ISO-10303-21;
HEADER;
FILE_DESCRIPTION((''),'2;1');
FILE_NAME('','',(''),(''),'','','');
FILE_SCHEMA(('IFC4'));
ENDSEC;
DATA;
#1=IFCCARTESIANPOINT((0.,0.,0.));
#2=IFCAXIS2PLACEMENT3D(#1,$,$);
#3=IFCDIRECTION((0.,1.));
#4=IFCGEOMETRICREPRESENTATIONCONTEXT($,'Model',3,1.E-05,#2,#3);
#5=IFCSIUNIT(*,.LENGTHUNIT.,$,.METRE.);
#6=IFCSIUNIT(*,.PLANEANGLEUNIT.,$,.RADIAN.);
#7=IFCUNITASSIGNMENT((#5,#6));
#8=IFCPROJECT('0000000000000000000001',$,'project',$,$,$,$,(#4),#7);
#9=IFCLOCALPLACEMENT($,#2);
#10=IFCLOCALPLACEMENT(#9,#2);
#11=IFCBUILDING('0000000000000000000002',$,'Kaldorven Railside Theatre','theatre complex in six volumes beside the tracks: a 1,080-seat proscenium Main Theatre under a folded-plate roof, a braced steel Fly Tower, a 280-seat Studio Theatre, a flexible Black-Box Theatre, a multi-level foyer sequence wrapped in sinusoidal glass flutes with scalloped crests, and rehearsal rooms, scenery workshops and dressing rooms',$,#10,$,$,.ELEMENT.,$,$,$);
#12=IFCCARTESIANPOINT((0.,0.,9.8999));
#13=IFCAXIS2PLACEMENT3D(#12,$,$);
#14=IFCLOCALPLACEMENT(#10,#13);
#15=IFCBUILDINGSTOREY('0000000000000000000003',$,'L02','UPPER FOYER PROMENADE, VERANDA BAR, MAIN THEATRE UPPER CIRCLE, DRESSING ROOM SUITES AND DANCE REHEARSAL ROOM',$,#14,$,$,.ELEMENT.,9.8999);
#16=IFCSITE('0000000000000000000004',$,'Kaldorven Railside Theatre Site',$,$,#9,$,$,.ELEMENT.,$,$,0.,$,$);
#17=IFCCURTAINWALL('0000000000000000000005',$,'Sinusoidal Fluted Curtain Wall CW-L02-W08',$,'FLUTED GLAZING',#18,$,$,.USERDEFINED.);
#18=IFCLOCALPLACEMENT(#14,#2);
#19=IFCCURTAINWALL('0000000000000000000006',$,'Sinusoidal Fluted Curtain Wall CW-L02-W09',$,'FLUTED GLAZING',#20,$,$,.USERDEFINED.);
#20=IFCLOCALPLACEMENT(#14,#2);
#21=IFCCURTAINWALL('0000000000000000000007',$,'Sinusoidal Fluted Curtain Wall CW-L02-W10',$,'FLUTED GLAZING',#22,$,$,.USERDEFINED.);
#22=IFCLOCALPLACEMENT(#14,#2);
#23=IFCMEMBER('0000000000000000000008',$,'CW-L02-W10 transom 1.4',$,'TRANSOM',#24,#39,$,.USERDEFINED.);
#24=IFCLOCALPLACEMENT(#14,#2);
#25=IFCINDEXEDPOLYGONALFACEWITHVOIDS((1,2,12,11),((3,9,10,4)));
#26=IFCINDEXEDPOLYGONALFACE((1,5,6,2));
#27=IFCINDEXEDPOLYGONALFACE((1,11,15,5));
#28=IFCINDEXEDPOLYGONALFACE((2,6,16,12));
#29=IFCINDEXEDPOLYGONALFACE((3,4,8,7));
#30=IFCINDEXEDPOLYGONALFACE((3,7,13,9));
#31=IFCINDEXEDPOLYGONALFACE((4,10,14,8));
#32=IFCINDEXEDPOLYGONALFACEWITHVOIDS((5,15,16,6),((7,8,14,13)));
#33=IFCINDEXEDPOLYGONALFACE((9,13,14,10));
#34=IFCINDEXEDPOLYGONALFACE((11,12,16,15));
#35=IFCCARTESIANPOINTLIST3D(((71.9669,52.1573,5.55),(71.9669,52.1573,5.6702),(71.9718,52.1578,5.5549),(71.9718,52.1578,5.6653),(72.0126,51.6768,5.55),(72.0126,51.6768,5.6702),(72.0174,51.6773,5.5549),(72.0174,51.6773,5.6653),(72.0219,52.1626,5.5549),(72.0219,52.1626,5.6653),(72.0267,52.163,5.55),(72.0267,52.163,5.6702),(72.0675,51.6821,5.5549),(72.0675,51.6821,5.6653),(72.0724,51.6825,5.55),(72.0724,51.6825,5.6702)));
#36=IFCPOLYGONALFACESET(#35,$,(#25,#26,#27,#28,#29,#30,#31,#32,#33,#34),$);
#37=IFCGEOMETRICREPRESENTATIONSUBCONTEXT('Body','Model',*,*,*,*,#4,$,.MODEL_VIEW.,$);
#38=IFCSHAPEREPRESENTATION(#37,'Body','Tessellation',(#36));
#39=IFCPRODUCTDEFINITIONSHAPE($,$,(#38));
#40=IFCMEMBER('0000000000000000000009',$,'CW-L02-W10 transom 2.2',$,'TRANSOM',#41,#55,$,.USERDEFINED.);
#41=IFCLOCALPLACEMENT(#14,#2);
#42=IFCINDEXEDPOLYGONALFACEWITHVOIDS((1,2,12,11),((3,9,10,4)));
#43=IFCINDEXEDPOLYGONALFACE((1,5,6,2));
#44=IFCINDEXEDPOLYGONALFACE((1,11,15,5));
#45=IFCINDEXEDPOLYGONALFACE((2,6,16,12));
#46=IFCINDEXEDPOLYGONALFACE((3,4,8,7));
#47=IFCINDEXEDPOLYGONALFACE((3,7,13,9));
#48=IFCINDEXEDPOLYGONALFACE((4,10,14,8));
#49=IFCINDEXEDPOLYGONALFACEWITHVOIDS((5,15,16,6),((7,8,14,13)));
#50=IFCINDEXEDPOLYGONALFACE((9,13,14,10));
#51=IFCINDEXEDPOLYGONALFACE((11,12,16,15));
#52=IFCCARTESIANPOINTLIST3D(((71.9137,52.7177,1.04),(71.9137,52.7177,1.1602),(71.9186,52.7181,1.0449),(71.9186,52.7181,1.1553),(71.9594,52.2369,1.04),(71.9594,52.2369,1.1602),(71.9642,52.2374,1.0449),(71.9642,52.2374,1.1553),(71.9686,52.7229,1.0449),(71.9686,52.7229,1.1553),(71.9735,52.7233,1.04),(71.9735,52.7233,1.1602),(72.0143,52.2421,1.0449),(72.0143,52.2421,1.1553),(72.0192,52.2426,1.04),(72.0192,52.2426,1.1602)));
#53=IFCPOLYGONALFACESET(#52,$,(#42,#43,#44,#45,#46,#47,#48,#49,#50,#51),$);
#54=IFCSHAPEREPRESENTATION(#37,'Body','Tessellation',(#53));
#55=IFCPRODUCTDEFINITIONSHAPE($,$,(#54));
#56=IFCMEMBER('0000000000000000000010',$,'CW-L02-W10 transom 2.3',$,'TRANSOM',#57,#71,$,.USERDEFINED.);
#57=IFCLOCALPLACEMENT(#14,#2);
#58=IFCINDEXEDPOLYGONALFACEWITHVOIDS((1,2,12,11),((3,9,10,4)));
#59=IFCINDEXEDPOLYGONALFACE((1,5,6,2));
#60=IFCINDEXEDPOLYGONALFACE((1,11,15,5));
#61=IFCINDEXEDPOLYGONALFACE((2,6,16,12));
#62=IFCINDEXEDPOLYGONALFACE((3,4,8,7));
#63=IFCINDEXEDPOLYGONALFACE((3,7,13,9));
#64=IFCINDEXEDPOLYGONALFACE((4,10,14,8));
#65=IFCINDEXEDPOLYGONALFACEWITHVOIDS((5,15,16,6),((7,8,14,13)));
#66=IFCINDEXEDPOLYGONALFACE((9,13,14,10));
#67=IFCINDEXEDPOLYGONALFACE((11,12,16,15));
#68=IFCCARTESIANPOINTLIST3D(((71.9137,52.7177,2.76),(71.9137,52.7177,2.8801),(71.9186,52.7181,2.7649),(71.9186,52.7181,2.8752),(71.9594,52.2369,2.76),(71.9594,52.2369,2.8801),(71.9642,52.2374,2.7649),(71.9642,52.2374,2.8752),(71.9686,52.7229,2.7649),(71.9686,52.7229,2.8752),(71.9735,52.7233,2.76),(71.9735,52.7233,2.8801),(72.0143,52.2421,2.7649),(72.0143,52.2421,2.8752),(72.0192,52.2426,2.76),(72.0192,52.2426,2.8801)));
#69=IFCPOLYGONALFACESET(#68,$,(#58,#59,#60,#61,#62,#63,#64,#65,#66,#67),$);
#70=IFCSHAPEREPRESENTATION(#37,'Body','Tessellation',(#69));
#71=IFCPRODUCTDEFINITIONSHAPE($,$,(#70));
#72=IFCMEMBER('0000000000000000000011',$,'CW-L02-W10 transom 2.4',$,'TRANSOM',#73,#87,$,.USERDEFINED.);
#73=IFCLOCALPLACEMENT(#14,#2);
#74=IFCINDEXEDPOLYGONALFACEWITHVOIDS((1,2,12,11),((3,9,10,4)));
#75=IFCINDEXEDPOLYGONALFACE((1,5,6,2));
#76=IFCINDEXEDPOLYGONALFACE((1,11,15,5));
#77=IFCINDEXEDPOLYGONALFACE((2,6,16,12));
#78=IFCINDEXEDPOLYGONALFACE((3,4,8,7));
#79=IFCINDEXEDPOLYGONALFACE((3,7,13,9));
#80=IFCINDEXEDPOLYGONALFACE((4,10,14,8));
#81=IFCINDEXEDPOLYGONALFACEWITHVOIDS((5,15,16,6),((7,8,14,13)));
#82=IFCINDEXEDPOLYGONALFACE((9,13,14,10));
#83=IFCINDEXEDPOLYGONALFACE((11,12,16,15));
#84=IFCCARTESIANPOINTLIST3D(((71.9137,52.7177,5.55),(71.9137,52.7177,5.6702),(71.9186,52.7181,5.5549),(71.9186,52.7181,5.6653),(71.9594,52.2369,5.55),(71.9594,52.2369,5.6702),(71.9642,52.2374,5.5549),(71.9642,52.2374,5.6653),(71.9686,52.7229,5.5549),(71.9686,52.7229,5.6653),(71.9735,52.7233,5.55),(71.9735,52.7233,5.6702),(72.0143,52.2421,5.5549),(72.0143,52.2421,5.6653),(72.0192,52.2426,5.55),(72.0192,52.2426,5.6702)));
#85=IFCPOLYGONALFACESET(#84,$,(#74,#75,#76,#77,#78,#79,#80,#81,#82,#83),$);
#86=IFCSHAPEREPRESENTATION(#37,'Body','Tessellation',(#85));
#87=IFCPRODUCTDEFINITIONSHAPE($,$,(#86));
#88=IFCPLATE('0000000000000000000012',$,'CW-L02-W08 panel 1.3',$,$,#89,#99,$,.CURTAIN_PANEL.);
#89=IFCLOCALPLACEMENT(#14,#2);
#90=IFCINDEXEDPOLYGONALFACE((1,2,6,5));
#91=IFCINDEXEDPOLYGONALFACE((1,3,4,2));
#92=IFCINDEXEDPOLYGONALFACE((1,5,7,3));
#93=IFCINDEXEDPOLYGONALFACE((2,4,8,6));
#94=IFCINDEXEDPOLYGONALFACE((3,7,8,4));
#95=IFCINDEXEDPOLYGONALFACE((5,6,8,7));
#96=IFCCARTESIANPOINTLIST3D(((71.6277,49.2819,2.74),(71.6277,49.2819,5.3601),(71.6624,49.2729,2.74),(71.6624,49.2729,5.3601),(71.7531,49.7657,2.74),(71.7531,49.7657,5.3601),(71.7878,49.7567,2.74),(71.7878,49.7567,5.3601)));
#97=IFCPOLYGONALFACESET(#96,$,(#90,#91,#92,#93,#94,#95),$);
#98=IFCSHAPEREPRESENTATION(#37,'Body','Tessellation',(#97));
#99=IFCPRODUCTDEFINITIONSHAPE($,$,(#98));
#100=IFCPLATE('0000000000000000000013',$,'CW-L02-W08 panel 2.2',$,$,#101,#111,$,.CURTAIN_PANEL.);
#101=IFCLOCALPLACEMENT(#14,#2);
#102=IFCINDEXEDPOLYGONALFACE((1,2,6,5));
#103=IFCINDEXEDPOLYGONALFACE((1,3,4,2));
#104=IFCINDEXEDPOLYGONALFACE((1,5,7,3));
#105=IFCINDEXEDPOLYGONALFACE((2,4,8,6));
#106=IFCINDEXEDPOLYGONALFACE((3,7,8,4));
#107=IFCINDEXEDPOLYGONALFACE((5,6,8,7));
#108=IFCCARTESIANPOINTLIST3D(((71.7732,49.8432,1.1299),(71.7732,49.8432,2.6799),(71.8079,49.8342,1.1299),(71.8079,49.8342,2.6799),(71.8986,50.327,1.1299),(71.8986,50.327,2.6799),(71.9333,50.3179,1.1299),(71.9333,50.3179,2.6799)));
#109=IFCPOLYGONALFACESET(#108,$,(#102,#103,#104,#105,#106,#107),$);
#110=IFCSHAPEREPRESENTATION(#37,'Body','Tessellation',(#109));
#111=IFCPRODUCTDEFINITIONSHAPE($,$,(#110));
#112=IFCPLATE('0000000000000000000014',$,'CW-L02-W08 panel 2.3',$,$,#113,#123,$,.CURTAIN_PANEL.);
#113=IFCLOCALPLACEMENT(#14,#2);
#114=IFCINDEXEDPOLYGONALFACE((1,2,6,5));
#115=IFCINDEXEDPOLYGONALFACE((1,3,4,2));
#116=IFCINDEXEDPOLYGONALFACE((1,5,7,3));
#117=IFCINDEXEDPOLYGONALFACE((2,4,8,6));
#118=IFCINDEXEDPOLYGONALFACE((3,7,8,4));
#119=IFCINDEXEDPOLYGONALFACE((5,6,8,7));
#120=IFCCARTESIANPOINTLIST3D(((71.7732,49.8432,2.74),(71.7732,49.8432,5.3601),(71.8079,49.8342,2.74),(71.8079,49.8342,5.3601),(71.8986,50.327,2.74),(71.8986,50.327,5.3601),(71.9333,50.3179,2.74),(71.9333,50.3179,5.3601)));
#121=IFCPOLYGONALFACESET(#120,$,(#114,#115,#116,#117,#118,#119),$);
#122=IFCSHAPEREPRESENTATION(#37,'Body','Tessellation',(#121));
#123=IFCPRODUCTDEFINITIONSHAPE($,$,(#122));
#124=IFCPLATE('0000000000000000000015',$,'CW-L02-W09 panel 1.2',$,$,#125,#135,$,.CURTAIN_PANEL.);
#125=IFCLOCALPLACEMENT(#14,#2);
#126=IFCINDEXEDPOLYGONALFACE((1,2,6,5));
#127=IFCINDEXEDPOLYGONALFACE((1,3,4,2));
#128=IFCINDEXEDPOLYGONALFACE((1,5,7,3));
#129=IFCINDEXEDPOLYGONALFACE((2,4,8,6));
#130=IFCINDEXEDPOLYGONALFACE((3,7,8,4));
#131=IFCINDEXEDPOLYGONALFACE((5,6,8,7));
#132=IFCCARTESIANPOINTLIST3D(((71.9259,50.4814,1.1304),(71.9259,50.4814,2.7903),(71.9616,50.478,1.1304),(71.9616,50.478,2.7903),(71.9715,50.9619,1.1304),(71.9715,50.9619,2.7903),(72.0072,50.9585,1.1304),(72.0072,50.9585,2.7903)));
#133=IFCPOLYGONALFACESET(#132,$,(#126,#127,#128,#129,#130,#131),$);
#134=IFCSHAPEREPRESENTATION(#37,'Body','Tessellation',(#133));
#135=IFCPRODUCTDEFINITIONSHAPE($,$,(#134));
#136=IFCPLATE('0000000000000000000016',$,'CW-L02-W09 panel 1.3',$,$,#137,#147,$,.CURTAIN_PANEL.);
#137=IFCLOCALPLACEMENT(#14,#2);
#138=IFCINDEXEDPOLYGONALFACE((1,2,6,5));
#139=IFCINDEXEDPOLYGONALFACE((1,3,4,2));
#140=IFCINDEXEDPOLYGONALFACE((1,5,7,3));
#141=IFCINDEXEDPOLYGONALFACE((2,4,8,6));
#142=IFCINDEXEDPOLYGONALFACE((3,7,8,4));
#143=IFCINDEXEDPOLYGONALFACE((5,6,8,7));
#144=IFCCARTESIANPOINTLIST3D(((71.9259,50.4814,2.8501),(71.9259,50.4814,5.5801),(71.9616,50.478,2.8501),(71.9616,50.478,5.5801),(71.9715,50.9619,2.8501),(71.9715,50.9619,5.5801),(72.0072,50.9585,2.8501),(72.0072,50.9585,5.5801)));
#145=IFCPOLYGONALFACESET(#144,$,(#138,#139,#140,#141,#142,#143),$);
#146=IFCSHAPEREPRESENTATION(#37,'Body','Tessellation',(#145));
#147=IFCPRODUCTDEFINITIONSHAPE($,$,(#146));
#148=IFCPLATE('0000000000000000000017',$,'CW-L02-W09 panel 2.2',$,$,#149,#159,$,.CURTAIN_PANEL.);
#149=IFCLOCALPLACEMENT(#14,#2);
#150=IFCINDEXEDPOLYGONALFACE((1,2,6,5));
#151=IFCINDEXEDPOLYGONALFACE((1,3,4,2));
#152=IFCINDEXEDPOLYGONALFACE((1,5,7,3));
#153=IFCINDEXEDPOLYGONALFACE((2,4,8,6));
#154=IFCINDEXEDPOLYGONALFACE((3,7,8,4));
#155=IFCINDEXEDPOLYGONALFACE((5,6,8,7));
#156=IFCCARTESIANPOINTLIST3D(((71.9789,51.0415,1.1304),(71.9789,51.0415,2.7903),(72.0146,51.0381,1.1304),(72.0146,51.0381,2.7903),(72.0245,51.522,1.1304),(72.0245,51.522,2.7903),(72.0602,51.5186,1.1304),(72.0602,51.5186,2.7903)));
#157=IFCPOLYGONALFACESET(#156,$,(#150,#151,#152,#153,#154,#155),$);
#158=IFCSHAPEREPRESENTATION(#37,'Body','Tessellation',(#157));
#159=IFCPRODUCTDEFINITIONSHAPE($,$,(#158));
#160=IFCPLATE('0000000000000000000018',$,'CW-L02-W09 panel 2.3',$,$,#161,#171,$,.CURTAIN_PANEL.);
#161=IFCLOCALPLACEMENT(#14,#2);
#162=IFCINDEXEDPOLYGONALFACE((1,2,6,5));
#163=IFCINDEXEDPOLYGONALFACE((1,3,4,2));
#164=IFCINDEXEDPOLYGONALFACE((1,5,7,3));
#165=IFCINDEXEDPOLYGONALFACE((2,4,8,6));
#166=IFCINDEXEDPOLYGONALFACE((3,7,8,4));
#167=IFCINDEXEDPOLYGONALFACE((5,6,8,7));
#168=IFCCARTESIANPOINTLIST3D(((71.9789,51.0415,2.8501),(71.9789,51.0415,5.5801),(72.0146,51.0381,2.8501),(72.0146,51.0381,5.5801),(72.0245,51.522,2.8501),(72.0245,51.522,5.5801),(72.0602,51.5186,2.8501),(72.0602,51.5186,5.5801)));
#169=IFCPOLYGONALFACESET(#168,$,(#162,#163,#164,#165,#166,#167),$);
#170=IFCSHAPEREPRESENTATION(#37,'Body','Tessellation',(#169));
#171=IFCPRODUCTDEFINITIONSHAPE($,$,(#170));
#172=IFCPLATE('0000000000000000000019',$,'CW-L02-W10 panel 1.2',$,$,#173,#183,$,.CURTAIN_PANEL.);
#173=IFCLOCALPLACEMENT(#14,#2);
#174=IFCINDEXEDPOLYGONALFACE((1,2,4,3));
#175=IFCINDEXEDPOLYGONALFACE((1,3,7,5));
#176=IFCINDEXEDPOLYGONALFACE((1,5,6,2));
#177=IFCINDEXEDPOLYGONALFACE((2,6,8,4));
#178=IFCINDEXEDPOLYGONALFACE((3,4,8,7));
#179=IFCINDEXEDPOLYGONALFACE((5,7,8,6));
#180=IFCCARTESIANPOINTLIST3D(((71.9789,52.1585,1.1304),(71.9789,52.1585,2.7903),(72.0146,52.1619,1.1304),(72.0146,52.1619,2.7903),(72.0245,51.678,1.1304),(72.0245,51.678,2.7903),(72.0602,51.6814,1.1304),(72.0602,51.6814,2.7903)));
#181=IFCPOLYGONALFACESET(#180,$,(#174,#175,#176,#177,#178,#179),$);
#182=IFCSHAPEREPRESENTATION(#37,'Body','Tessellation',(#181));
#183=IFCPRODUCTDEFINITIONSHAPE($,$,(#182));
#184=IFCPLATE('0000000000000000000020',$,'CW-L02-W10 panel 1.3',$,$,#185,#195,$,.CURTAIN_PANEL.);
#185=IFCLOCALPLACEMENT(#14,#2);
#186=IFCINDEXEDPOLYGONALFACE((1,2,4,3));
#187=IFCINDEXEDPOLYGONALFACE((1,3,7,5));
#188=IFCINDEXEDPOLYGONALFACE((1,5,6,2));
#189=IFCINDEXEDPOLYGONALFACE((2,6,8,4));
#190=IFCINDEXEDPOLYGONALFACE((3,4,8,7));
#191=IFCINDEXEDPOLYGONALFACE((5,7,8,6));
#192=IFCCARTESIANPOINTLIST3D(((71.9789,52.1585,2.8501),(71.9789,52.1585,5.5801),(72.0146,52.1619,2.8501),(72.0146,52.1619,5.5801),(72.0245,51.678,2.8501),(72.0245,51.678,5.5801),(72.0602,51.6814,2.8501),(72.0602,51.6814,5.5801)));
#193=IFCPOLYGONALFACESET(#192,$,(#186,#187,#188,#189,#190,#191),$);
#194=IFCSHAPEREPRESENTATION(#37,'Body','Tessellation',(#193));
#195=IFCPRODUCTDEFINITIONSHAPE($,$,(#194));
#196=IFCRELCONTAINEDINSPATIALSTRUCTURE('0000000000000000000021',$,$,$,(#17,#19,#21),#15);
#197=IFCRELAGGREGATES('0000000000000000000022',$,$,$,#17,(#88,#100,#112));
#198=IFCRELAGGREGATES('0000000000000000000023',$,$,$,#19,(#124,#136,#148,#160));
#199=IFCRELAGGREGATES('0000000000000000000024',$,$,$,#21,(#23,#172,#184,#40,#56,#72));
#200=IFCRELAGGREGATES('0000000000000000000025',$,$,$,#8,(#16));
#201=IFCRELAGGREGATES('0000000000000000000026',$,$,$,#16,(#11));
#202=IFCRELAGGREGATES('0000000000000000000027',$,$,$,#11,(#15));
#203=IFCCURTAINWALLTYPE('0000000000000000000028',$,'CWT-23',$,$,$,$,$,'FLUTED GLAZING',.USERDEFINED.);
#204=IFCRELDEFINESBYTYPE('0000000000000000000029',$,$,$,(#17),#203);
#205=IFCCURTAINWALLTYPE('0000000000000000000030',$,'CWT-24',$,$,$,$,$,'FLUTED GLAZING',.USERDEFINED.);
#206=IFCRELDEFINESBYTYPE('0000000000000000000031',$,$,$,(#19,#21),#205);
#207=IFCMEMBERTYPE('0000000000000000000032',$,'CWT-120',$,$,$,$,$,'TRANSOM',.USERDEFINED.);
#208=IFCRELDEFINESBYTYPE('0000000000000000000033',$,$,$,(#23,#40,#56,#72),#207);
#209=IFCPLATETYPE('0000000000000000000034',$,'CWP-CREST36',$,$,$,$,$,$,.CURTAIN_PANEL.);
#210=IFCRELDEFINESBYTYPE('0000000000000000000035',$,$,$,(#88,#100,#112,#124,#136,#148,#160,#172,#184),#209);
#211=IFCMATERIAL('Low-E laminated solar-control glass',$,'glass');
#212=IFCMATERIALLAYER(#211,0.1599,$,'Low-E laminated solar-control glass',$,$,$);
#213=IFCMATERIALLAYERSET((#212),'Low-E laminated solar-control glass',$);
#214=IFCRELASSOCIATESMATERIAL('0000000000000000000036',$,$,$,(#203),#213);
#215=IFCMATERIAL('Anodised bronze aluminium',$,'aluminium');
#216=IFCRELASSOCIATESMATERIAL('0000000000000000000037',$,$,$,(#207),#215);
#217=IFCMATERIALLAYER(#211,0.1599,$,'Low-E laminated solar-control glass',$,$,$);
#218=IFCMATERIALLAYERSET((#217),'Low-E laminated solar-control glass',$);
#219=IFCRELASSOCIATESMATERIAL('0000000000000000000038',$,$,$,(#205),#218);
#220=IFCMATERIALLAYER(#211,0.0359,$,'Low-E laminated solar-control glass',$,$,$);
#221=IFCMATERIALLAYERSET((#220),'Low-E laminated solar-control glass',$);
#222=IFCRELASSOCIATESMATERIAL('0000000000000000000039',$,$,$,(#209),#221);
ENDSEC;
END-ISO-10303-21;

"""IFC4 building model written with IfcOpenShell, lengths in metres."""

from ifc_helpers import new_model, si_unit, direction, frame, origin, origin_2d, place, context, subcontext, project, spatial, rectangle, hollow_rectangle, extrude, material, layer, layer_set, material_profile, profile_set, type_object, element, aggregate, save


model = new_model("IFC4")

# Units and contexts
model_context = context("Model", 3, precision=1e-05, world=origin(), true_north=direction((0.0, 1.0)))
body_context = subcontext(model_context, "Body", "Model", "MODEL_VIEW")
ifc_project = project(units=[si_unit("LENGTHUNIT", "METRE"), si_unit("PLANEANGLEUNIT", "RADIAN")], contexts=[model_context])

# Site, building, storey
site_placement = place(None, origin())
site = spatial("IfcSite", under=ifc_project, at=site_placement, Name="Kaldorven Railside Theatre Site", CompositionType="ELEMENT", RefElevation=0.0)
building_placement = place(site_placement, origin())
building = spatial("IfcBuilding", under=site, at=building_placement, Name="Kaldorven Railside Theatre", Description="theatre complex in six volumes beside the tracks: a 1,080-seat proscenium Main Theatre under a folded-plate roof, a braced steel Fly Tower, a 280-seat Studio Theatre, a flexible Black-Box Theatre, a multi-level foyer sequence wrapped in sinusoidal glass flutes with scalloped crests, and rehearsal rooms, scenery workshops and dressing rooms", CompositionType="ELEMENT")
storey_placement = place(building_placement, frame((0.0, 0.0, 9.8999)))
storey = spatial("IfcBuildingStorey", under=building, at=storey_placement, Name="L02", Description="UPPER FOYER PROMENADE, VERANDA BAR, MAIN THEATRE UPPER CIRCLE, DRESSING ROOM SUITES AND DANCE REHEARSAL ROOM", CompositionType="ELEMENT", Elevation=9.8999)

# Curtain walls, members
ifc_material_1 = material(Name="Low-E laminated solar-control glass", Category="glass")
ifc_layer_1 = layer(ifc_material_1, 0.1599, Name="Low-E laminated solar-control glass")
ifc_layer_set_1 = layer_set([ifc_layer_1], Name="Low-E laminated solar-control glass")
curtain_wall_type_1 = type_object("IfcCurtainWallType", Name="CWT-23", ElementType="FLUTED GLAZING", PredefinedType="USERDEFINED", material=ifc_layer_set_1)
curtain_wall_1_placement = place(storey_placement, origin())
curtain_wall_1 = element("IfcCurtainWall", 1, at=curtain_wall_1_placement, inside=storey, type_object=curtain_wall_type_1, Name="Sinusoidal Fluted Curtain Wall CW-L02-W08", ObjectType="FLUTED GLAZING", PredefinedType="USERDEFINED")
ifc_material_2 = material(Name="Anodised bronze aluminium", Category="aluminium")
ifc_material_profile = material_profile(ifc_material_2, hollow_rectangle(XDim=0.0601, YDim=0.1201, WallThickness=0.0049, at=origin_2d()), Name="RHS 120x60x5")
ifc_profile_set = profile_set([ifc_material_profile], Name="Anodised bronze aluminium")
member_type = type_object("IfcMemberType", Name="CWT-120", ElementType="TRANSOM", PredefinedType="USERDEFINED", material=ifc_profile_set)
ifc_layer_2 = layer(ifc_material_1, 0.1599, Name="Low-E laminated solar-control glass")
ifc_layer_set_2 = layer_set([ifc_layer_2], Name="Low-E laminated solar-control glass")
curtain_wall_type_2 = type_object("IfcCurtainWallType", Name="CWT-24", ElementType="FLUTED GLAZING", PredefinedType="USERDEFINED", material=ifc_layer_set_2)
curtain_wall_2_placement = place(storey_placement, origin())
curtain_wall_2 = element("IfcCurtainWall", 2, at=curtain_wall_2_placement, inside=storey, type_object=curtain_wall_type_2, Name="Sinusoidal Fluted Curtain Wall CW-L02-W09", ObjectType="FLUTED GLAZING", PredefinedType="USERDEFINED")
curtain_wall_3_placement = place(storey_placement, origin())
curtain_wall_3 = element("IfcCurtainWall", 3, at=curtain_wall_3_placement, inside=storey, type_object=curtain_wall_type_2, Name="Sinusoidal Fluted Curtain Wall CW-L02-W10", ObjectType="FLUTED GLAZING", PredefinedType="USERDEFINED")
member_1_placement = place(storey_placement, frame((72.0425, 51.6797, 5.6101), z_axis=(-0.094594, 0.995516, 0.0), x_axis=(-0.995516, -0.094594, 0.0)))
member_1 = element("IfcMember", 4, at=member_1_placement, type_object=member_type, Name="CW-L02-W10 transom 1.4", ObjectType="TRANSOM", PredefinedType="USERDEFINED", context=body_context, shape_type="SweptSolid", body=[
    extrude(hollow_rectangle(XDim=0.0601, YDim=0.1201, WallThickness=0.0049, at=origin_2d()), origin(), (0.0, 0.0, 1.0), 0.4827),
])
member_2_placement = place(storey_placement, frame((71.9893, 52.2397, 1.1001), z_axis=(-0.094547, 0.99552, 0.0), x_axis=(-0.99552, -0.094547, 0.0)))
member_2 = element("IfcMember", 5, at=member_2_placement, type_object=member_type, Name="CW-L02-W10 transom 2.2", ObjectType="TRANSOM", PredefinedType="USERDEFINED", context=body_context, shape_type="SweptSolid", body=[
    extrude(hollow_rectangle(XDim=0.0601, YDim=0.1201, WallThickness=0.0049, at=origin_2d()), origin(), (0.0, 0.0, 1.0), 0.4829),
])
member_3_placement = place(storey_placement, frame((71.9893, 52.2397, 2.8201), z_axis=(-0.094547, 0.99552, 0.0), x_axis=(-0.99552, -0.094547, 0.0)))
member_3 = element("IfcMember", 6, at=member_3_placement, type_object=member_type, Name="CW-L02-W10 transom 2.3", ObjectType="TRANSOM", PredefinedType="USERDEFINED", context=body_context, shape_type="SweptSolid", body=[
    extrude(hollow_rectangle(XDim=0.0601, YDim=0.1201, WallThickness=0.0049, at=origin_2d()), origin(), (0.0, 0.0, 1.0), 0.4829),
])
member_4_placement = place(storey_placement, frame((71.9893, 52.2397, 5.6101), z_axis=(-0.094547, 0.99552, 0.0), x_axis=(-0.99552, -0.094547, 0.0)))
member_4 = element("IfcMember", 7, at=member_4_placement, type_object=member_type, Name="CW-L02-W10 transom 2.4", ObjectType="TRANSOM", PredefinedType="USERDEFINED", context=body_context, shape_type="SweptSolid", body=[
    extrude(hollow_rectangle(XDim=0.0601, YDim=0.1201, WallThickness=0.0049, at=origin_2d()), origin(), (0.0, 0.0, 1.0), 0.4829),
])

# Plates
ifc_layer_3 = layer(ifc_material_1, 0.0359, Name="Low-E laminated solar-control glass")
ifc_layer_set_3 = layer_set([ifc_layer_3], Name="Low-E laminated solar-control glass")
plate_type = type_object("IfcPlateType", Name="CWP-CREST36", PredefinedType="CURTAIN_PANEL", material=ifc_layer_set_3)
plate_1_placement = place(storey_placement, frame((71.7078, 49.5193, 2.74), z_axis=(0.0, 0.0, 1.0), x_axis=(0.250954, 0.967999, 0.0)))
plate_1 = element("IfcPlate", 8, at=plate_1_placement, type_object=plate_type, Name="CW-L02-W08 panel 1.3", PredefinedType="CURTAIN_PANEL", context=body_context, shape_type="SweptSolid", body=[
    extrude(rectangle(XDim=0.4998, YDim=0.0359, at=origin_2d()), origin(), (0.0, 0.0, 1.0), 2.6201),
])
plate_2_placement = place(storey_placement, frame((71.8533, 50.0806, 1.1299), z_axis=(0.0, 0.0, 1.0), x_axis=(0.250954, 0.967999, 0.0)))
plate_2 = element("IfcPlate", 9, at=plate_2_placement, type_object=plate_type, Name="CW-L02-W08 panel 2.2", PredefinedType="CURTAIN_PANEL", context=body_context, shape_type="SweptSolid", body=[
    extrude(rectangle(XDim=0.4998, YDim=0.0359, at=origin_2d()), origin(), (0.0, 0.0, 1.0), 1.55),
])
plate_3_placement = place(storey_placement, frame((71.8533, 50.0806, 2.74), z_axis=(0.0, 0.0, 1.0), x_axis=(0.250954, 0.967999, 0.0)))
plate_3 = element("IfcPlate", 10, at=plate_3_placement, type_object=plate_type, Name="CW-L02-W08 panel 2.3", PredefinedType="CURTAIN_PANEL", context=body_context, shape_type="SweptSolid", body=[
    extrude(rectangle(XDim=0.4998, YDim=0.0359, at=origin_2d()), origin(), (0.0, 0.0, 1.0), 2.6201),
])
aggregate(curtain_wall_1, [plate_1, plate_2, plate_3])
plate_4_placement = place(storey_placement, frame((71.9666, 50.72, 1.1304), z_axis=(0.0, 0.0, 1.0), x_axis=(0.094492, 0.995526, 0.0)))
plate_4 = element("IfcPlate", 11, at=plate_4_placement, type_object=plate_type, Name="CW-L02-W09 panel 1.2", PredefinedType="CURTAIN_PANEL", context=body_context, shape_type="SweptSolid", body=[
    extrude(rectangle(XDim=0.4827, YDim=0.0359, at=origin_2d()), origin(), (0.0, 0.0, 1.0), 1.6599),
])
plate_5_placement = place(storey_placement, frame((71.9666, 50.72, 2.8501), z_axis=(0.0, 0.0, 1.0), x_axis=(0.094492, 0.995526, 0.0)))
plate_5 = element("IfcPlate", 12, at=plate_5_placement, type_object=plate_type, Name="CW-L02-W09 panel 1.3", PredefinedType="CURTAIN_PANEL", context=body_context, shape_type="SweptSolid", body=[
    extrude(rectangle(XDim=0.4827, YDim=0.0359, at=origin_2d()), origin(), (0.0, 0.0, 1.0), 2.73),
])
plate_6_placement = place(storey_placement, frame((72.0195, 51.28, 1.1304), z_axis=(0.0, 0.0, 1.0), x_axis=(0.094492, 0.995526, 0.0)))
plate_6 = element("IfcPlate", 13, at=plate_6_placement, type_object=plate_type, Name="CW-L02-W09 panel 2.2", PredefinedType="CURTAIN_PANEL", context=body_context, shape_type="SweptSolid", body=[
    extrude(rectangle(XDim=0.4827, YDim=0.0359, at=origin_2d()), origin(), (0.0, 0.0, 1.0), 1.6599),
])
plate_7_placement = place(storey_placement, frame((72.0195, 51.28, 2.8501), z_axis=(0.0, 0.0, 1.0), x_axis=(0.094492, 0.995526, 0.0)))
plate_7 = element("IfcPlate", 14, at=plate_7_placement, type_object=plate_type, Name="CW-L02-W09 panel 2.3", PredefinedType="CURTAIN_PANEL", context=body_context, shape_type="SweptSolid", body=[
    extrude(rectangle(XDim=0.4827, YDim=0.0359, at=origin_2d()), origin(), (0.0, 0.0, 1.0), 2.73),
])
aggregate(curtain_wall_2, [plate_4, plate_5, plate_6, plate_7])
plate_8_placement = place(storey_placement, frame((72.0195, 51.9199, 1.1304), z_axis=(0.0, 0.0, 1.0), x_axis=(-0.094492, 0.995526, 0.0)))
plate_8 = element("IfcPlate", 15, at=plate_8_placement, type_object=plate_type, Name="CW-L02-W10 panel 1.2", PredefinedType="CURTAIN_PANEL", context=body_context, shape_type="SweptSolid", body=[
    extrude(rectangle(XDim=0.4827, YDim=0.0359, at=origin_2d()), origin(), (0.0, 0.0, 1.0), 1.6599),
])
plate_9_placement = place(storey_placement, frame((72.0195, 51.9199, 2.8501), z_axis=(0.0, 0.0, 1.0), x_axis=(-0.094492, 0.995526, 0.0)))
plate_9 = element("IfcPlate", 16, at=plate_9_placement, type_object=plate_type, Name="CW-L02-W10 panel 1.3", PredefinedType="CURTAIN_PANEL", context=body_context, shape_type="SweptSolid", body=[
    extrude(rectangle(XDim=0.4827, YDim=0.0359, at=origin_2d()), origin(), (0.0, 0.0, 1.0), 2.73),
])
aggregate(curtain_wall_3, [member_1, plate_8, plate_9, member_2, member_3, member_4])

save(model, "model.ifc")
